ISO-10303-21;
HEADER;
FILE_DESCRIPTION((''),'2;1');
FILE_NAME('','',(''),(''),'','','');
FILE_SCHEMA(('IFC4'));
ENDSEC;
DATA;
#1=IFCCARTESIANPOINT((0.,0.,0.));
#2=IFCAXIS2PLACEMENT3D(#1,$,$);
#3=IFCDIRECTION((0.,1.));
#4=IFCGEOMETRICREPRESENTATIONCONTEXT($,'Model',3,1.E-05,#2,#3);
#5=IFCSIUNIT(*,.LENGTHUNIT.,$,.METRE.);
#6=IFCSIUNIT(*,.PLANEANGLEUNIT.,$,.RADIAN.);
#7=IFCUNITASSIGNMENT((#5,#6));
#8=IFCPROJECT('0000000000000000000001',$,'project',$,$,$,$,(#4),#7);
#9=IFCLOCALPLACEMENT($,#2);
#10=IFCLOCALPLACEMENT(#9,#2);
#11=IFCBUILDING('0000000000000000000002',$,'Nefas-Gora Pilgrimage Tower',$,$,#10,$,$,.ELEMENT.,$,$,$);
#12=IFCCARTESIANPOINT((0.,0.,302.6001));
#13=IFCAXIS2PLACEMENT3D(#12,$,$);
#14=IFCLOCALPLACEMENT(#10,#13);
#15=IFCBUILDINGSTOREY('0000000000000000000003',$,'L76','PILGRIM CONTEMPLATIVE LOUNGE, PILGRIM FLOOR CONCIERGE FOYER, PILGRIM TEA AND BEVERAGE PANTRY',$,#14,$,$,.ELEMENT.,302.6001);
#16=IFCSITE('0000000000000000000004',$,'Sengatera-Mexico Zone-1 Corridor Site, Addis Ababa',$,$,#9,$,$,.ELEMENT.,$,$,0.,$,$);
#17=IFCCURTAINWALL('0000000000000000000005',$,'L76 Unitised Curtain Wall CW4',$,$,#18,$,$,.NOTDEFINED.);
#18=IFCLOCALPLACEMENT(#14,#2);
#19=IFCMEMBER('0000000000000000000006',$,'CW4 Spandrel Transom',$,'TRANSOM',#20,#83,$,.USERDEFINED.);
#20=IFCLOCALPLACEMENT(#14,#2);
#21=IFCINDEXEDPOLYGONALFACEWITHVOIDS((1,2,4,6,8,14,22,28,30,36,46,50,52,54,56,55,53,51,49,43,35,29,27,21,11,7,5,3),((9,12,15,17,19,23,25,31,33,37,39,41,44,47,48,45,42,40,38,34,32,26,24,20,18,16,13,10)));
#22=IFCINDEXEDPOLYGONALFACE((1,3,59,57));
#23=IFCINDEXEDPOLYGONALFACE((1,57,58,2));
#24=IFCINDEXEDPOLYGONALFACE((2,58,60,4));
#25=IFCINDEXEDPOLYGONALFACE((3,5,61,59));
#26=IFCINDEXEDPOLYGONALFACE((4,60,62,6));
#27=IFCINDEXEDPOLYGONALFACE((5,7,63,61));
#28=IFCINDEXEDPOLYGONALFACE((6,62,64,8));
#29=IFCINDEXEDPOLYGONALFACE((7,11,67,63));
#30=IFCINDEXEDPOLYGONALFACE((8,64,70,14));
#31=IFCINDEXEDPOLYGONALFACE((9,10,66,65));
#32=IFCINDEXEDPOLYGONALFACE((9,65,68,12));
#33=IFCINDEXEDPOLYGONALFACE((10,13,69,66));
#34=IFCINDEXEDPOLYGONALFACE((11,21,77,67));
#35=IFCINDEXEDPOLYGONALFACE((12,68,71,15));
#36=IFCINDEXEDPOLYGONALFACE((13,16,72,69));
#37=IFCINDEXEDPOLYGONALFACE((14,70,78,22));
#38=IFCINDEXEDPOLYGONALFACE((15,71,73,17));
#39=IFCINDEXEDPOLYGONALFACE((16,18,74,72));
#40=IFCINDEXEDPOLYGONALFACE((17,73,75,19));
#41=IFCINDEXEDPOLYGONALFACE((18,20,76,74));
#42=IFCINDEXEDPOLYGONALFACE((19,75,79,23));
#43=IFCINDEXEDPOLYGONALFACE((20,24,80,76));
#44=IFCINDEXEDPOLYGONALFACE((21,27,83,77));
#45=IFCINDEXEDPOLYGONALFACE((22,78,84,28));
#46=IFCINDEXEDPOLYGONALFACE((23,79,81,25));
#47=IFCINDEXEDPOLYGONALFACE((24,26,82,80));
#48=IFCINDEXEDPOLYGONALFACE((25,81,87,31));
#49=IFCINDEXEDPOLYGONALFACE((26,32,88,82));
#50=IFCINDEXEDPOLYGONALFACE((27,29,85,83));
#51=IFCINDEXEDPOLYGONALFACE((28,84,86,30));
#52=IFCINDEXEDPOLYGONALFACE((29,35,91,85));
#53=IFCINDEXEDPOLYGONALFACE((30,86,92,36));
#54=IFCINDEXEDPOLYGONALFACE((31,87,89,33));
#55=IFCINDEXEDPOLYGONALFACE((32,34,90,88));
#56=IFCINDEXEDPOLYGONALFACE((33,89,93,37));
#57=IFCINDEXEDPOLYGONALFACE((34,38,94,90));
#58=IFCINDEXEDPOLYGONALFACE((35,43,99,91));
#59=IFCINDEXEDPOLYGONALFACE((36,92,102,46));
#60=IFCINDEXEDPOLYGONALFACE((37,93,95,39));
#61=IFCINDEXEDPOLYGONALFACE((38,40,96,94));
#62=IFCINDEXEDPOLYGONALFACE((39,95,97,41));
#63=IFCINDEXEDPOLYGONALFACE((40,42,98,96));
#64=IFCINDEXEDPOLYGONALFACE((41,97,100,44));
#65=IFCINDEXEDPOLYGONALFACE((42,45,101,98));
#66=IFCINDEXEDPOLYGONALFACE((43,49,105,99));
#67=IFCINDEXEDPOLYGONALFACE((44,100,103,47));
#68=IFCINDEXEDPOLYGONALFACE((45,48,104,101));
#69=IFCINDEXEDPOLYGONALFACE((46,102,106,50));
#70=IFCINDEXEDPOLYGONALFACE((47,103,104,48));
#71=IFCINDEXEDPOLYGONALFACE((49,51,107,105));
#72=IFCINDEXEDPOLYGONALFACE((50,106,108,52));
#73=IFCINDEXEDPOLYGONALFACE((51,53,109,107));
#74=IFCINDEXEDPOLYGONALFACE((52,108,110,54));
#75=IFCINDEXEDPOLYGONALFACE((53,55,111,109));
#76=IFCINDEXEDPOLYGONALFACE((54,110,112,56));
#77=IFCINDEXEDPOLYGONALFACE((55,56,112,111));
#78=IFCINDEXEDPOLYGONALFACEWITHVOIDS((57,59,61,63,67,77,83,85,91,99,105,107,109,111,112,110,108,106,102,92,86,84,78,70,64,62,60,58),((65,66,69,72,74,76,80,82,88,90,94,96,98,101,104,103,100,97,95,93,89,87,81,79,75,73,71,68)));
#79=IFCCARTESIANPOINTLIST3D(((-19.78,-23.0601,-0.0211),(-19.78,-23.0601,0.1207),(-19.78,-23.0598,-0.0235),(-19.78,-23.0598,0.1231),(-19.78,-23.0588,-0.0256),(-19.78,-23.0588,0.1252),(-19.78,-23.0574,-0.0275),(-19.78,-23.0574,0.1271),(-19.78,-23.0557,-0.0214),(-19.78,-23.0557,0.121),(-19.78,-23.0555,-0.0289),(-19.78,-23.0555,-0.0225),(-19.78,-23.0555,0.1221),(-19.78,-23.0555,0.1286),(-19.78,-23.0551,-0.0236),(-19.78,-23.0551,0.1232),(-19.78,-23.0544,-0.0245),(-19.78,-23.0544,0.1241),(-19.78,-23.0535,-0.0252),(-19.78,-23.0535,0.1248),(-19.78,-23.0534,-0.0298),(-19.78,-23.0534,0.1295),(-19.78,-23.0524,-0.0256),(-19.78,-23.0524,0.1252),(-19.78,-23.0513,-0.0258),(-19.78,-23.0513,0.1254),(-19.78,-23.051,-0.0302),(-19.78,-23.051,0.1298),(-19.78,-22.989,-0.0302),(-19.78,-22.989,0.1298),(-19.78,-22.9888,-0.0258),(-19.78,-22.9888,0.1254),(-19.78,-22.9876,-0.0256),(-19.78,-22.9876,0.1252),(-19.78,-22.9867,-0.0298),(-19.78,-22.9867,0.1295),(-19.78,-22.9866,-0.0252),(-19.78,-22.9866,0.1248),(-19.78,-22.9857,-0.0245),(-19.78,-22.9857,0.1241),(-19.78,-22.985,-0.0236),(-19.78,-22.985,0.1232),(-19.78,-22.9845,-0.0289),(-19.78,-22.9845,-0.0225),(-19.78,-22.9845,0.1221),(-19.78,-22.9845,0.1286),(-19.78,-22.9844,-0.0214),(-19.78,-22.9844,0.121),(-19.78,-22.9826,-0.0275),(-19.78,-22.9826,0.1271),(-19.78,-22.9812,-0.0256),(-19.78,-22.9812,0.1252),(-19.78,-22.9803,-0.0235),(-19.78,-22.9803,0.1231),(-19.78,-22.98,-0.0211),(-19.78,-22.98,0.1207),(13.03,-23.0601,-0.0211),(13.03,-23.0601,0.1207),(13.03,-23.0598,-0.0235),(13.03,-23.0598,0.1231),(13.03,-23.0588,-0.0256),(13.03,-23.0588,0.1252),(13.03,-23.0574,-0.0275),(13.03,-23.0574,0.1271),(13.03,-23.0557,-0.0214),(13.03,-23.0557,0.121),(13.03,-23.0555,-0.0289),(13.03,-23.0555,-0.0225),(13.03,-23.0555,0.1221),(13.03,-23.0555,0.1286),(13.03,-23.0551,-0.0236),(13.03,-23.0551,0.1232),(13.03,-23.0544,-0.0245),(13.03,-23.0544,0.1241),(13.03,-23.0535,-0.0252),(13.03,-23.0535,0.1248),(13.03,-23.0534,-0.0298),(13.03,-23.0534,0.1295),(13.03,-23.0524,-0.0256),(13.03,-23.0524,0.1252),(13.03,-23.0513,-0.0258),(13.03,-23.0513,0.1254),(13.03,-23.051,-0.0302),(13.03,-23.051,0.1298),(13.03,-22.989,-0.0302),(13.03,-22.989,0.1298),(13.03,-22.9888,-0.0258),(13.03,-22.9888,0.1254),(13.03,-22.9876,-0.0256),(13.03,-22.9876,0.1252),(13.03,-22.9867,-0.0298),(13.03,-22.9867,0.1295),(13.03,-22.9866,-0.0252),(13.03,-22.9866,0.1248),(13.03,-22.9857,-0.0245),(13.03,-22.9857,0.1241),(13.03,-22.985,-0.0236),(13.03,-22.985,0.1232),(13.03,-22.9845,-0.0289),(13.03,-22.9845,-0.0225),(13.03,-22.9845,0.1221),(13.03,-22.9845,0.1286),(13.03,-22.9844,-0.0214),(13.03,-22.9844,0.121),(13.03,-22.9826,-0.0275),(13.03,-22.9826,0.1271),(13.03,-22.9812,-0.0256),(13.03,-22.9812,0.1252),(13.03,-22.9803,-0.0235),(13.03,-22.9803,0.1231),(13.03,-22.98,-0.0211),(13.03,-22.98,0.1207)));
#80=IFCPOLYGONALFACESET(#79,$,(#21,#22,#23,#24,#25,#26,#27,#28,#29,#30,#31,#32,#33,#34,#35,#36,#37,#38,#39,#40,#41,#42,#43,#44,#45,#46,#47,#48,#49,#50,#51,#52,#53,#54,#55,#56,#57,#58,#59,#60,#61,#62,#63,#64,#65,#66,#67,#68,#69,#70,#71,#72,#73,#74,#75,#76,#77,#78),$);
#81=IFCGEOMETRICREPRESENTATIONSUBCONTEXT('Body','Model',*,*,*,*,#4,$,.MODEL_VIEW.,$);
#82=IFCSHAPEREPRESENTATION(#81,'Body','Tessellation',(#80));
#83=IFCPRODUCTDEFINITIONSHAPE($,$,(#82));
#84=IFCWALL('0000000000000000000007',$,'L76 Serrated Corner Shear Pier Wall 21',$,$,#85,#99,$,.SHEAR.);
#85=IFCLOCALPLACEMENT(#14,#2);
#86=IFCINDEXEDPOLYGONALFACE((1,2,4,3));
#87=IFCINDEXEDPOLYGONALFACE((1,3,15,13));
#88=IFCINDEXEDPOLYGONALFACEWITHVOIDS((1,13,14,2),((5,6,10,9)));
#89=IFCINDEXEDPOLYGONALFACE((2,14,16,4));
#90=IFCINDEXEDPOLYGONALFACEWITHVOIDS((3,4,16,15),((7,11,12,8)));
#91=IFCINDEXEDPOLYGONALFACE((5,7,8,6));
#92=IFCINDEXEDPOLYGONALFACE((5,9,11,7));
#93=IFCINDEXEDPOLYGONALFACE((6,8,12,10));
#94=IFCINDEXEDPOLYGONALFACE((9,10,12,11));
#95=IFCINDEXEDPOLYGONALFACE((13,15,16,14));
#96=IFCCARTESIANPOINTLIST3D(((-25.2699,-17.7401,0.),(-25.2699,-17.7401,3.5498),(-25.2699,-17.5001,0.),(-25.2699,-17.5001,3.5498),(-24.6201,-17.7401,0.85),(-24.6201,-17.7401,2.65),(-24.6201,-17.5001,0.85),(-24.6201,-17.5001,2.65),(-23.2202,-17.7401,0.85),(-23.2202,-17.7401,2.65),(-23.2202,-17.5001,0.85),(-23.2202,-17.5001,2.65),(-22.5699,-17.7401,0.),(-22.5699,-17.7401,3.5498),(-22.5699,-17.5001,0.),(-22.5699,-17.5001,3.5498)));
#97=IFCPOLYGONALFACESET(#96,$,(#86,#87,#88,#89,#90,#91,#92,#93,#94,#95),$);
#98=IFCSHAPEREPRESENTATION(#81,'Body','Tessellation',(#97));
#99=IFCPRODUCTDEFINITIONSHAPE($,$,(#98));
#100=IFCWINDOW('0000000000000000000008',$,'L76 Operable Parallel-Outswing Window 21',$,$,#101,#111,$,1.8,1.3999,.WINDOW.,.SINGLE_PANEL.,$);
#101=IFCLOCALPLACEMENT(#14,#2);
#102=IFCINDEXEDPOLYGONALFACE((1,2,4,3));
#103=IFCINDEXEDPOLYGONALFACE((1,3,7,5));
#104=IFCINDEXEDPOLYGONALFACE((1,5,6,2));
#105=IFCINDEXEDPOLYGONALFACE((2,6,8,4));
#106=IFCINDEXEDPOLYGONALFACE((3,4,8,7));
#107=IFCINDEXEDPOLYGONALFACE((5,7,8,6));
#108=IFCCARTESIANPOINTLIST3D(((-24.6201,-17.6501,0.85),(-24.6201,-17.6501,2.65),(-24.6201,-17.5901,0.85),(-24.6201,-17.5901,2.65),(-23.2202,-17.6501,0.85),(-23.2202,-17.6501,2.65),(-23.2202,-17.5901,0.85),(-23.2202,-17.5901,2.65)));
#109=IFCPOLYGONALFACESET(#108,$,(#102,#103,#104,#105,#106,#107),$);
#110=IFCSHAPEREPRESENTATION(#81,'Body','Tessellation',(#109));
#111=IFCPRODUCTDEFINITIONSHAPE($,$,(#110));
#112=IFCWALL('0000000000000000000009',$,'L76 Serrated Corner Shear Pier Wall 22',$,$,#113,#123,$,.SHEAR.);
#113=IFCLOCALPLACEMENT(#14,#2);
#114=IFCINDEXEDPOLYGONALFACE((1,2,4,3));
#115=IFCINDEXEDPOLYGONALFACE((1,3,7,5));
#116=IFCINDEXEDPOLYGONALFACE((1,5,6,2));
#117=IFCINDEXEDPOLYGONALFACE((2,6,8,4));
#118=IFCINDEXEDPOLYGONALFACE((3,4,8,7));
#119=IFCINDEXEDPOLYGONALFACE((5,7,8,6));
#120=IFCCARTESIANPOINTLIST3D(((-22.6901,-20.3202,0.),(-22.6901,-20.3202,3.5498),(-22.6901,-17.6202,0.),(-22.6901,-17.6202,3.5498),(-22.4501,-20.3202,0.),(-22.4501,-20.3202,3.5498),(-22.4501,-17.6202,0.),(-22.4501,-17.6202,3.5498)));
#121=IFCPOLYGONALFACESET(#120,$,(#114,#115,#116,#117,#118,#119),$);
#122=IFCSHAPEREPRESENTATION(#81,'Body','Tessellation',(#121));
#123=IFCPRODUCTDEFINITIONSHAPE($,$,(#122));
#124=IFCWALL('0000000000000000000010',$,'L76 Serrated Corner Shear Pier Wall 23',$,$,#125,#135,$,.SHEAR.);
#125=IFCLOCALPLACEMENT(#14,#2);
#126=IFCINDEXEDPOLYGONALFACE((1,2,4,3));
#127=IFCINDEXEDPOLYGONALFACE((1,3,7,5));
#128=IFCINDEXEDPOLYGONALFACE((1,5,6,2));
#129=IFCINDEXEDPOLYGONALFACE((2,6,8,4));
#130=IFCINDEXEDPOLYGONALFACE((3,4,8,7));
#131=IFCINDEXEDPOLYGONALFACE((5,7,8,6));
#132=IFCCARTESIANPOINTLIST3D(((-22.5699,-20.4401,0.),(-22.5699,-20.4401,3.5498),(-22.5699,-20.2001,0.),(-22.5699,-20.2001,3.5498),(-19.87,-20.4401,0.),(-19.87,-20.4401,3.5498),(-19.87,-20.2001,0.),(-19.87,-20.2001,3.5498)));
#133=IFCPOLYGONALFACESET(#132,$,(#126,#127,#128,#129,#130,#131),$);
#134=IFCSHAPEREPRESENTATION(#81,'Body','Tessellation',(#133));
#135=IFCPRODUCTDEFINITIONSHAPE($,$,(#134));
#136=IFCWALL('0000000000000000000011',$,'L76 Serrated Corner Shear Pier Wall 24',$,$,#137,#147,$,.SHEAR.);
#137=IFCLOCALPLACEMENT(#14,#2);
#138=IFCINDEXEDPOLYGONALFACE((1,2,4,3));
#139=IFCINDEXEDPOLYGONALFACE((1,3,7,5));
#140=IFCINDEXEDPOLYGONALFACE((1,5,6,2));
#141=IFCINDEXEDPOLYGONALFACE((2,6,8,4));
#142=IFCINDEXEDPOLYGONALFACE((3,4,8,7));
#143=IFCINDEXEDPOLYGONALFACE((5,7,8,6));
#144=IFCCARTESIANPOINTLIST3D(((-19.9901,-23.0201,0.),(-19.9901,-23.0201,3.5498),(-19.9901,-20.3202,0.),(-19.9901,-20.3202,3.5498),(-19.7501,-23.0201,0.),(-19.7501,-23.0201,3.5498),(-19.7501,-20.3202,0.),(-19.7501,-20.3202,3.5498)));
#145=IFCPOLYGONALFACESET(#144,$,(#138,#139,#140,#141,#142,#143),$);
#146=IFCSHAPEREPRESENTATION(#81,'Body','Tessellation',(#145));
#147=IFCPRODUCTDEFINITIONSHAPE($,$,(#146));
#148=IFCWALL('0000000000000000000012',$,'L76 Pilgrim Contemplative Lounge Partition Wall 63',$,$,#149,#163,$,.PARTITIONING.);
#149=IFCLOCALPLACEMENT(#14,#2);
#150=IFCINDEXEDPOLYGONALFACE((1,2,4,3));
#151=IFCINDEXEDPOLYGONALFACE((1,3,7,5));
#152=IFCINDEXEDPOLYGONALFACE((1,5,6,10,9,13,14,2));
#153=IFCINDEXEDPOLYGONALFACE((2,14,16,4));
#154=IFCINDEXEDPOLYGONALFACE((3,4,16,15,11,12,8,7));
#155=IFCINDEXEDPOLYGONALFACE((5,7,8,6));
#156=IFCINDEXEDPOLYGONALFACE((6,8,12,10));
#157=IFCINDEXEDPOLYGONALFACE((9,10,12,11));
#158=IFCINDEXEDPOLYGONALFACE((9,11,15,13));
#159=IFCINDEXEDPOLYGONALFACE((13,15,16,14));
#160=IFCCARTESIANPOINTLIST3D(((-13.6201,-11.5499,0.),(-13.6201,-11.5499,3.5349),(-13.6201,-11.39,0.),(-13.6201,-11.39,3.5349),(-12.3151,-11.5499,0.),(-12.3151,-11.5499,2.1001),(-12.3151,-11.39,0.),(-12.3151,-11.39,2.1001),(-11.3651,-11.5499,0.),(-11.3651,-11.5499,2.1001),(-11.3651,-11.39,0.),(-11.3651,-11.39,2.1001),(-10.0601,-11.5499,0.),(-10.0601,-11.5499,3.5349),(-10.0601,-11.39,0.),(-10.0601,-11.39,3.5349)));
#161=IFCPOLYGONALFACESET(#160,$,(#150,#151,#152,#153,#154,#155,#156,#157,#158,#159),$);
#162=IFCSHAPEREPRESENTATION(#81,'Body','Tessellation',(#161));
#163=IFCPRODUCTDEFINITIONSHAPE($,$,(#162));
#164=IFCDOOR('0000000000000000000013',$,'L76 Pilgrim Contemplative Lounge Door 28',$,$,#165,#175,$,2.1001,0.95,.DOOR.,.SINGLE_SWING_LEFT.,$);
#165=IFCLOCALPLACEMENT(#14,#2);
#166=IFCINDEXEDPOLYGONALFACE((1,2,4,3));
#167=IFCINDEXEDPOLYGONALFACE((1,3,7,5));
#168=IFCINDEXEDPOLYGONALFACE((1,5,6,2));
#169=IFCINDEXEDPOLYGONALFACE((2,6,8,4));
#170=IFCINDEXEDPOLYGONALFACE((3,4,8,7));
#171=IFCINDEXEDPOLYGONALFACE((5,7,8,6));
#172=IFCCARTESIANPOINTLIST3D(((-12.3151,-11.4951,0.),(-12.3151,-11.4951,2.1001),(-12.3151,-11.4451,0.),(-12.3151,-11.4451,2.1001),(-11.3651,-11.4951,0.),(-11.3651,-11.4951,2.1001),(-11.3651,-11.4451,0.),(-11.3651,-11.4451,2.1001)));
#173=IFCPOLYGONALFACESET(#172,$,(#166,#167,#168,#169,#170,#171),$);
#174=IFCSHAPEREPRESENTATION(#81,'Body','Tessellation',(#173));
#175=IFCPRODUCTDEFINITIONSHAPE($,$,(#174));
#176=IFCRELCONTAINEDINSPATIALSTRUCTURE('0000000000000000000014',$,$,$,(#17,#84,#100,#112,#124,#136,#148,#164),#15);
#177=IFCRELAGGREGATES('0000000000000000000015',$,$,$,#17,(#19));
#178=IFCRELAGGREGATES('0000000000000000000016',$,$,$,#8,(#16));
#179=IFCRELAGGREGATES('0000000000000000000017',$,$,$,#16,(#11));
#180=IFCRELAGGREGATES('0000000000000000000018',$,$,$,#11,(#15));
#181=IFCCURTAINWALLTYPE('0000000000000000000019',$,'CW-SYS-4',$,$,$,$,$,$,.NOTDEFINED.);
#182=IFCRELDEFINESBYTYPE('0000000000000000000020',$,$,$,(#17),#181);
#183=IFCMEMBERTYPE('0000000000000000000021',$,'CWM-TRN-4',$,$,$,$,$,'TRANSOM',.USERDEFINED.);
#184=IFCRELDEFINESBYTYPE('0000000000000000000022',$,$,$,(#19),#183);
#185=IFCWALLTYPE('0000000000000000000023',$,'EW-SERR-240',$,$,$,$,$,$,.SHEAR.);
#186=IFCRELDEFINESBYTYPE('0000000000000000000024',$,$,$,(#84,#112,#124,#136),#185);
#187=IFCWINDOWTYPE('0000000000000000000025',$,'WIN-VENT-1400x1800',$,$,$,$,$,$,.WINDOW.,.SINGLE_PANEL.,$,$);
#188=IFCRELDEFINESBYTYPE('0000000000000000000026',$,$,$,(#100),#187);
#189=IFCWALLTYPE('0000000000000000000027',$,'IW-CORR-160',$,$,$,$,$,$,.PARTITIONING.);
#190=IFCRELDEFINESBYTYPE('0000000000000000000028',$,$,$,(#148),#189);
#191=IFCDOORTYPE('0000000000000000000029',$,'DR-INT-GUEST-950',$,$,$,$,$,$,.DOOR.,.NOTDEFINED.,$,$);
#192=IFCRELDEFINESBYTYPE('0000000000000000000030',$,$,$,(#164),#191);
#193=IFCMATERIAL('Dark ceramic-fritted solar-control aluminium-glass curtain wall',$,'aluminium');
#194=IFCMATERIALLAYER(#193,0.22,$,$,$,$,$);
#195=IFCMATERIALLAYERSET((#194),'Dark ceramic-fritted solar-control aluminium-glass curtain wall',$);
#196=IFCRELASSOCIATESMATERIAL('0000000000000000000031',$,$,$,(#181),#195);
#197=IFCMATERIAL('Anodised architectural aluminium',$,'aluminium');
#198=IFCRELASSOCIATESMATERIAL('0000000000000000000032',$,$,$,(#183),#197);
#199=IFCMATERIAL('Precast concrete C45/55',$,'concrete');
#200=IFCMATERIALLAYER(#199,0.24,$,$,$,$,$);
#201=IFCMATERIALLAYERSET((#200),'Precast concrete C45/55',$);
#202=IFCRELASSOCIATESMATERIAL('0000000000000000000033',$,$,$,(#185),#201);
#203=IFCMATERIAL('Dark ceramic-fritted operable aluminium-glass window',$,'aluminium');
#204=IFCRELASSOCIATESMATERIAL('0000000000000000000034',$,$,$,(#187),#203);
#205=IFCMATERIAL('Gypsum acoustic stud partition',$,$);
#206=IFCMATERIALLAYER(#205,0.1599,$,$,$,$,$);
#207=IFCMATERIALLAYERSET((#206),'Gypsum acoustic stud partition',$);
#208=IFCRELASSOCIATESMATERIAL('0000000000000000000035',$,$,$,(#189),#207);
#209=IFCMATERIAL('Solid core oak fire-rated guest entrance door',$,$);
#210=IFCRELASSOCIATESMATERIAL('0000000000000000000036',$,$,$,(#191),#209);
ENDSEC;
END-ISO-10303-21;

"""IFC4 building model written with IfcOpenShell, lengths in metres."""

from ifc_helpers import new_model, si_unit, direction, frame, frame_2d, origin, origin_2d, place, context, subcontext, project, spatial, rectangle, hollow_rectangle, extrude, source, transform, mapped, material, layer, layer_set, material_profile, profile_set, type_object, element, fill, aggregate, save


model = new_model("IFC4")

# Units and contexts
model_context = context("Model", 3, precision=1e-05, world=origin(), true_north=direction((0.0, 1.0)))
body_context = subcontext(model_context, "Body", "Model", "MODEL_VIEW")
ifc_project = project(units=[si_unit("LENGTHUNIT", "METRE"), si_unit("PLANEANGLEUNIT", "RADIAN")], contexts=[model_context])

# Site, building, storey
site_placement = place(None, origin())
site = spatial("IfcSite", under=ifc_project, at=site_placement, Name="Sengatera-Mexico Zone-1 Corridor Site, Addis Ababa", CompositionType="ELEMENT", RefElevation=0.0)
building_placement = place(site_placement, origin())
building = spatial("IfcBuilding", under=site, at=building_placement, Name="Nefas-Gora Pilgrimage Tower", CompositionType="ELEMENT")
storey_placement = place(building_placement, frame((0.0, 0.0, 302.6001)))
storey = spatial("IfcBuildingStorey", under=building, at=storey_placement, Name="L76", Description="PILGRIM CONTEMPLATIVE LOUNGE, PILGRIM FLOOR CONCIERGE FOYER, PILGRIM TEA AND BEVERAGE PANTRY", CompositionType="ELEMENT", Elevation=302.6001)

# Shared definitions
ifc_material_1 = material(Name="Dark ceramic-fritted solar-control aluminium-glass curtain wall", Category="aluminium")
ifc_layer_1 = layer(ifc_material_1, 0.22)
ifc_layer_set_1 = layer_set([ifc_layer_1], Name="Dark ceramic-fritted solar-control aluminium-glass curtain wall")
curtain_wall_type = type_object("IfcCurtainWallType", Name="CW-SYS-4", PredefinedType="NOTDEFINED", material=ifc_layer_set_1)
ifc_material_2 = material(Name="Anodised architectural aluminium", Category="aluminium")

# Curtain wall, member
curtain_wall_1_placement = place(storey_placement, origin())
curtain_wall_1 = element("IfcCurtainWall", 1, at=curtain_wall_1_placement, inside=storey, type_object=curtain_wall_type, Name="L76 Unitised Curtain Wall CW4", PredefinedType="NOTDEFINED")
ifc_material_profile_1 = material_profile(ifc_material_2, hollow_rectangle(XDim=0.0801, YDim=0.1599, WallThickness=0.0044, InnerFilletRadius=0.0044, OuterFilletRadius=0.009, at=origin_2d()), Name="ALU TRANSOM 80x160")
ifc_profile_set_1 = profile_set([ifc_material_profile_1], Name="Anodised architectural aluminium")
member_type_1 = type_object("IfcMemberType", Name="CWM-TRN-4", ElementType="TRANSOM", PredefinedType="USERDEFINED", material=ifc_profile_set_1)
shared_shape_1 = source(origin(), body_context, "Body", "SweptSolid", [
    extrude(hollow_rectangle(XDim=0.0801, YDim=0.1599, WallThickness=0.0044, InnerFilletRadius=0.0044, OuterFilletRadius=0.009, at=origin_2d()), origin(), (0.0, 0.0, 1.0), 32.8101),
])
member_1_placement = place(storey_placement, frame((-19.78, -23.02, 0.0498), z_axis=(1.0, 0.0, 0.0), x_axis=(0.0, 1.0, 0.0)))
member_1 = element("IfcMember", 2, at=member_1_placement, type_object=member_type_1, Name="CW4 Spandrel Transom", ObjectType="TRANSOM", PredefinedType="USERDEFINED", context=body_context, shape_type="MappedRepresentation", body=[
    mapped(shared_shape_1, transform((0.0, 0.0, 0.0), x_axis=(1.0, 0.0, 0.0), y_axis=(0.0, 1.0, 0.0), z_axis=(0.0, 0.0, 1.0), scale=1.0)),
])
aggregate(curtain_wall_1, [member_1])

# Wall, opening, window
ifc_material_3 = material(Name="Precast concrete C45/55", Category="concrete")
ifc_layer_2 = layer(ifc_material_3, 0.24)
ifc_layer_set_2 = layer_set([ifc_layer_2], Name="Precast concrete C45/55")
wall_type_1 = type_object("IfcWallType", Name="EW-SERR-240", PredefinedType="SHEAR", material=ifc_layer_set_2)
shared_shape_2 = source(origin(), body_context, "Body", "SweptSolid", [
    extrude(rectangle(XDim=2.7, YDim=0.24, at=frame_2d((1.3501, 0.0))), origin(), (0.0, 0.0, 1.0), 3.5498),
])
wall_1_placement = place(storey_placement, frame((-25.27, -17.6201, 0.0), z_axis=(0.0, 0.0, 1.0), x_axis=(1.0, 0.0, 0.0)))
wall_1 = element("IfcWall", 3, at=wall_1_placement, inside=storey, type_object=wall_type_1, Name="L76 Serrated Corner Shear Pier Wall 21", PredefinedType="SHEAR", context=body_context, shape_type="MappedRepresentation", body=[
    mapped(shared_shape_2, transform((0.0, 0.0, 0.0), x_axis=(1.0, 0.0, 0.0), y_axis=(0.0, 1.0, 0.0), z_axis=(0.0, 0.0, 1.0), scale=1.0)),
])
opening_1_placement = place(wall_1_placement, frame((0.6499, 0.0, 0.8501)))
opening_1 = element("IfcOpeningElement", 4, at=opening_1_placement, cuts=wall_1, PredefinedType="OPENING", context=body_context, shape_type="SweptSolid", body=[
    extrude(rectangle(XDim=1.3999, YDim=1.8, at=frame_2d((0.7, 0.8999))), frame((0.0, 0.1299, 0.0), z_axis=(0.0, -1.0, 0.0), x_axis=(1.0, 0.0, 0.0)), (0.0, 0.0, 1.0), 0.26),
])
ifc_material_4 = material(Name="Dark ceramic-fritted operable aluminium-glass window", Category="aluminium")
window_type = type_object("IfcWindowType", Name="WIN-VENT-1400x1800", PartitioningType="SINGLE_PANEL", PredefinedType="WINDOW", material=ifc_material_4)
shared_shape_3 = source(origin(), body_context, "Body", "SweptSolid", [
    extrude(rectangle(XDim=1.3999, YDim=1.8, at=frame_2d((0.7, 0.8999))), frame((0.0, 0.03, 0.0), z_axis=(0.0, -1.0, 0.0), x_axis=(1.0, 0.0, 0.0)), (0.0, 0.0, 1.0), 0.0601),
])
window_placement = place(opening_1_placement, origin())
window = element("IfcWindow", 5, at=window_placement, inside=storey, type_object=window_type, Name="L76 Operable Parallel-Outswing Window 21", OverallHeight=1.8, OverallWidth=1.3999, PartitioningType="SINGLE_PANEL", PredefinedType="WINDOW", context=body_context, shape_type="MappedRepresentation", body=[
    mapped(shared_shape_3, transform((0.0, 0.0, 0.0), x_axis=(1.0, 0.0, 0.0), y_axis=(0.0, 1.0, 0.0), z_axis=(0.0, 0.0, 1.0), scale=1.0)),
])
fill(opening_1, window)

# Walls
for number, where, z_axis, x_axis, name in (
    (6, (-22.5701, -17.6201, 0.0), (0.0, 0.0, 1.0), (0.0, -1.0, 0.0), "L76 Serrated Corner Shear Pier Wall 22"),
    (7, (-22.5701, -20.3201, 0.0), (0.0, 0.0, 1.0), (1.0, 0.0, 0.0), "L76 Serrated Corner Shear Pier Wall 23"),
    (8, (-19.8701, -20.3201, 0.0), (0.0, 0.0, 1.0), (0.0, -1.0, 0.0), "L76 Serrated Corner Shear Pier Wall 24"),
):
    element("IfcWall", number, at=place(storey_placement, frame(where, z_axis=z_axis, x_axis=x_axis)), inside=storey, type_object=wall_type_1, Name=name, PredefinedType="SHEAR", context=body_context, shape_type="MappedRepresentation", body=[
        mapped(shared_shape_2, transform((0.0, 0.0, 0.0), x_axis=(1.0, 0.0, 0.0), y_axis=(0.0, 1.0, 0.0), z_axis=(0.0, 0.0, 1.0), scale=1.0)),
    ])

# Wall, opening, door
ifc_material_5 = material(Name="Gypsum acoustic stud partition")
ifc_layer_3 = layer(ifc_material_5, 0.1599)
ifc_layer_set_3 = layer_set([ifc_layer_3], Name="Gypsum acoustic stud partition")
wall_type_2 = type_object("IfcWallType", Name="IW-CORR-160", PredefinedType="PARTITIONING", material=ifc_layer_set_3)
shared_shape_4 = source(origin(), body_context, "Body", "SweptSolid", [
    extrude(rectangle(XDim=3.5601, YDim=0.1599, at=frame_2d((1.78, 0.0))), origin(), (0.0, 0.0, 1.0), 3.5349),
])
wall_2_placement = place(storey_placement, frame((-13.6201, -11.47, 0.0), z_axis=(0.0, 0.0, 1.0), x_axis=(1.0, 0.0, 0.0)))
wall_2 = element("IfcWall", 9, at=wall_2_placement, inside=storey, type_object=wall_type_2, Name="L76 Pilgrim Contemplative Lounge Partition Wall 63", PredefinedType="PARTITIONING", context=body_context, shape_type="MappedRepresentation", body=[
    mapped(shared_shape_4, transform((0.0, 0.0, 0.0), x_axis=(1.0, 0.0, 0.0), y_axis=(0.0, 1.0, 0.0), z_axis=(0.0, 0.0, 1.0), scale=1.0)),
])
opening_2_placement = place(wall_2_placement, frame((1.3049, 0.0, 0.0)))
opening_2 = element("IfcOpeningElement", 10, at=opening_2_placement, cuts=wall_2, PredefinedType="OPENING", context=body_context, shape_type="SweptSolid", body=[
    extrude(rectangle(XDim=0.95, YDim=2.1001, at=frame_2d((0.4751, 1.05))), frame((0.0, 0.0898, 0.0), z_axis=(0.0, -1.0, 0.0), x_axis=(1.0, 0.0, 0.0)), (0.0, 0.0, 1.0), 0.1799),
])
ifc_material_6 = material(Name="Solid core oak fire-rated guest entrance door")
door_type = type_object("IfcDoorType", Name="DR-INT-GUEST-950", OperationType="NOTDEFINED", PredefinedType="DOOR", material=ifc_material_6)
shared_shape_5 = source(origin(), body_context, "Body", "SweptSolid", [
    extrude(rectangle(XDim=0.95, YDim=2.1001, at=frame_2d((0.4751, 1.05))), frame((0.0, 0.0249, 0.0), z_axis=(0.0, -1.0, 0.0), x_axis=(1.0, 0.0, 0.0)), (0.0, 0.0, 1.0), 0.05),
])
door_1_placement = place(opening_2_placement, origin())
door_1 = element("IfcDoor", 11, at=door_1_placement, inside=storey, type_object=door_type, Name="L76 Pilgrim Contemplative Lounge Door 28", OperationType="SINGLE_SWING_LEFT", OverallHeight=2.1001, OverallWidth=0.95, PredefinedType="DOOR", context=body_context, shape_type="MappedRepresentation", body=[
    mapped(shared_shape_5, transform((0.0, 0.0, 0.0), x_axis=(1.0, 0.0, 0.0), y_axis=(0.0, 1.0, 0.0), z_axis=(0.0, 0.0, 1.0), scale=1.0)),
])
fill(opening_2, door_1)

save(model, "model.ifc")
